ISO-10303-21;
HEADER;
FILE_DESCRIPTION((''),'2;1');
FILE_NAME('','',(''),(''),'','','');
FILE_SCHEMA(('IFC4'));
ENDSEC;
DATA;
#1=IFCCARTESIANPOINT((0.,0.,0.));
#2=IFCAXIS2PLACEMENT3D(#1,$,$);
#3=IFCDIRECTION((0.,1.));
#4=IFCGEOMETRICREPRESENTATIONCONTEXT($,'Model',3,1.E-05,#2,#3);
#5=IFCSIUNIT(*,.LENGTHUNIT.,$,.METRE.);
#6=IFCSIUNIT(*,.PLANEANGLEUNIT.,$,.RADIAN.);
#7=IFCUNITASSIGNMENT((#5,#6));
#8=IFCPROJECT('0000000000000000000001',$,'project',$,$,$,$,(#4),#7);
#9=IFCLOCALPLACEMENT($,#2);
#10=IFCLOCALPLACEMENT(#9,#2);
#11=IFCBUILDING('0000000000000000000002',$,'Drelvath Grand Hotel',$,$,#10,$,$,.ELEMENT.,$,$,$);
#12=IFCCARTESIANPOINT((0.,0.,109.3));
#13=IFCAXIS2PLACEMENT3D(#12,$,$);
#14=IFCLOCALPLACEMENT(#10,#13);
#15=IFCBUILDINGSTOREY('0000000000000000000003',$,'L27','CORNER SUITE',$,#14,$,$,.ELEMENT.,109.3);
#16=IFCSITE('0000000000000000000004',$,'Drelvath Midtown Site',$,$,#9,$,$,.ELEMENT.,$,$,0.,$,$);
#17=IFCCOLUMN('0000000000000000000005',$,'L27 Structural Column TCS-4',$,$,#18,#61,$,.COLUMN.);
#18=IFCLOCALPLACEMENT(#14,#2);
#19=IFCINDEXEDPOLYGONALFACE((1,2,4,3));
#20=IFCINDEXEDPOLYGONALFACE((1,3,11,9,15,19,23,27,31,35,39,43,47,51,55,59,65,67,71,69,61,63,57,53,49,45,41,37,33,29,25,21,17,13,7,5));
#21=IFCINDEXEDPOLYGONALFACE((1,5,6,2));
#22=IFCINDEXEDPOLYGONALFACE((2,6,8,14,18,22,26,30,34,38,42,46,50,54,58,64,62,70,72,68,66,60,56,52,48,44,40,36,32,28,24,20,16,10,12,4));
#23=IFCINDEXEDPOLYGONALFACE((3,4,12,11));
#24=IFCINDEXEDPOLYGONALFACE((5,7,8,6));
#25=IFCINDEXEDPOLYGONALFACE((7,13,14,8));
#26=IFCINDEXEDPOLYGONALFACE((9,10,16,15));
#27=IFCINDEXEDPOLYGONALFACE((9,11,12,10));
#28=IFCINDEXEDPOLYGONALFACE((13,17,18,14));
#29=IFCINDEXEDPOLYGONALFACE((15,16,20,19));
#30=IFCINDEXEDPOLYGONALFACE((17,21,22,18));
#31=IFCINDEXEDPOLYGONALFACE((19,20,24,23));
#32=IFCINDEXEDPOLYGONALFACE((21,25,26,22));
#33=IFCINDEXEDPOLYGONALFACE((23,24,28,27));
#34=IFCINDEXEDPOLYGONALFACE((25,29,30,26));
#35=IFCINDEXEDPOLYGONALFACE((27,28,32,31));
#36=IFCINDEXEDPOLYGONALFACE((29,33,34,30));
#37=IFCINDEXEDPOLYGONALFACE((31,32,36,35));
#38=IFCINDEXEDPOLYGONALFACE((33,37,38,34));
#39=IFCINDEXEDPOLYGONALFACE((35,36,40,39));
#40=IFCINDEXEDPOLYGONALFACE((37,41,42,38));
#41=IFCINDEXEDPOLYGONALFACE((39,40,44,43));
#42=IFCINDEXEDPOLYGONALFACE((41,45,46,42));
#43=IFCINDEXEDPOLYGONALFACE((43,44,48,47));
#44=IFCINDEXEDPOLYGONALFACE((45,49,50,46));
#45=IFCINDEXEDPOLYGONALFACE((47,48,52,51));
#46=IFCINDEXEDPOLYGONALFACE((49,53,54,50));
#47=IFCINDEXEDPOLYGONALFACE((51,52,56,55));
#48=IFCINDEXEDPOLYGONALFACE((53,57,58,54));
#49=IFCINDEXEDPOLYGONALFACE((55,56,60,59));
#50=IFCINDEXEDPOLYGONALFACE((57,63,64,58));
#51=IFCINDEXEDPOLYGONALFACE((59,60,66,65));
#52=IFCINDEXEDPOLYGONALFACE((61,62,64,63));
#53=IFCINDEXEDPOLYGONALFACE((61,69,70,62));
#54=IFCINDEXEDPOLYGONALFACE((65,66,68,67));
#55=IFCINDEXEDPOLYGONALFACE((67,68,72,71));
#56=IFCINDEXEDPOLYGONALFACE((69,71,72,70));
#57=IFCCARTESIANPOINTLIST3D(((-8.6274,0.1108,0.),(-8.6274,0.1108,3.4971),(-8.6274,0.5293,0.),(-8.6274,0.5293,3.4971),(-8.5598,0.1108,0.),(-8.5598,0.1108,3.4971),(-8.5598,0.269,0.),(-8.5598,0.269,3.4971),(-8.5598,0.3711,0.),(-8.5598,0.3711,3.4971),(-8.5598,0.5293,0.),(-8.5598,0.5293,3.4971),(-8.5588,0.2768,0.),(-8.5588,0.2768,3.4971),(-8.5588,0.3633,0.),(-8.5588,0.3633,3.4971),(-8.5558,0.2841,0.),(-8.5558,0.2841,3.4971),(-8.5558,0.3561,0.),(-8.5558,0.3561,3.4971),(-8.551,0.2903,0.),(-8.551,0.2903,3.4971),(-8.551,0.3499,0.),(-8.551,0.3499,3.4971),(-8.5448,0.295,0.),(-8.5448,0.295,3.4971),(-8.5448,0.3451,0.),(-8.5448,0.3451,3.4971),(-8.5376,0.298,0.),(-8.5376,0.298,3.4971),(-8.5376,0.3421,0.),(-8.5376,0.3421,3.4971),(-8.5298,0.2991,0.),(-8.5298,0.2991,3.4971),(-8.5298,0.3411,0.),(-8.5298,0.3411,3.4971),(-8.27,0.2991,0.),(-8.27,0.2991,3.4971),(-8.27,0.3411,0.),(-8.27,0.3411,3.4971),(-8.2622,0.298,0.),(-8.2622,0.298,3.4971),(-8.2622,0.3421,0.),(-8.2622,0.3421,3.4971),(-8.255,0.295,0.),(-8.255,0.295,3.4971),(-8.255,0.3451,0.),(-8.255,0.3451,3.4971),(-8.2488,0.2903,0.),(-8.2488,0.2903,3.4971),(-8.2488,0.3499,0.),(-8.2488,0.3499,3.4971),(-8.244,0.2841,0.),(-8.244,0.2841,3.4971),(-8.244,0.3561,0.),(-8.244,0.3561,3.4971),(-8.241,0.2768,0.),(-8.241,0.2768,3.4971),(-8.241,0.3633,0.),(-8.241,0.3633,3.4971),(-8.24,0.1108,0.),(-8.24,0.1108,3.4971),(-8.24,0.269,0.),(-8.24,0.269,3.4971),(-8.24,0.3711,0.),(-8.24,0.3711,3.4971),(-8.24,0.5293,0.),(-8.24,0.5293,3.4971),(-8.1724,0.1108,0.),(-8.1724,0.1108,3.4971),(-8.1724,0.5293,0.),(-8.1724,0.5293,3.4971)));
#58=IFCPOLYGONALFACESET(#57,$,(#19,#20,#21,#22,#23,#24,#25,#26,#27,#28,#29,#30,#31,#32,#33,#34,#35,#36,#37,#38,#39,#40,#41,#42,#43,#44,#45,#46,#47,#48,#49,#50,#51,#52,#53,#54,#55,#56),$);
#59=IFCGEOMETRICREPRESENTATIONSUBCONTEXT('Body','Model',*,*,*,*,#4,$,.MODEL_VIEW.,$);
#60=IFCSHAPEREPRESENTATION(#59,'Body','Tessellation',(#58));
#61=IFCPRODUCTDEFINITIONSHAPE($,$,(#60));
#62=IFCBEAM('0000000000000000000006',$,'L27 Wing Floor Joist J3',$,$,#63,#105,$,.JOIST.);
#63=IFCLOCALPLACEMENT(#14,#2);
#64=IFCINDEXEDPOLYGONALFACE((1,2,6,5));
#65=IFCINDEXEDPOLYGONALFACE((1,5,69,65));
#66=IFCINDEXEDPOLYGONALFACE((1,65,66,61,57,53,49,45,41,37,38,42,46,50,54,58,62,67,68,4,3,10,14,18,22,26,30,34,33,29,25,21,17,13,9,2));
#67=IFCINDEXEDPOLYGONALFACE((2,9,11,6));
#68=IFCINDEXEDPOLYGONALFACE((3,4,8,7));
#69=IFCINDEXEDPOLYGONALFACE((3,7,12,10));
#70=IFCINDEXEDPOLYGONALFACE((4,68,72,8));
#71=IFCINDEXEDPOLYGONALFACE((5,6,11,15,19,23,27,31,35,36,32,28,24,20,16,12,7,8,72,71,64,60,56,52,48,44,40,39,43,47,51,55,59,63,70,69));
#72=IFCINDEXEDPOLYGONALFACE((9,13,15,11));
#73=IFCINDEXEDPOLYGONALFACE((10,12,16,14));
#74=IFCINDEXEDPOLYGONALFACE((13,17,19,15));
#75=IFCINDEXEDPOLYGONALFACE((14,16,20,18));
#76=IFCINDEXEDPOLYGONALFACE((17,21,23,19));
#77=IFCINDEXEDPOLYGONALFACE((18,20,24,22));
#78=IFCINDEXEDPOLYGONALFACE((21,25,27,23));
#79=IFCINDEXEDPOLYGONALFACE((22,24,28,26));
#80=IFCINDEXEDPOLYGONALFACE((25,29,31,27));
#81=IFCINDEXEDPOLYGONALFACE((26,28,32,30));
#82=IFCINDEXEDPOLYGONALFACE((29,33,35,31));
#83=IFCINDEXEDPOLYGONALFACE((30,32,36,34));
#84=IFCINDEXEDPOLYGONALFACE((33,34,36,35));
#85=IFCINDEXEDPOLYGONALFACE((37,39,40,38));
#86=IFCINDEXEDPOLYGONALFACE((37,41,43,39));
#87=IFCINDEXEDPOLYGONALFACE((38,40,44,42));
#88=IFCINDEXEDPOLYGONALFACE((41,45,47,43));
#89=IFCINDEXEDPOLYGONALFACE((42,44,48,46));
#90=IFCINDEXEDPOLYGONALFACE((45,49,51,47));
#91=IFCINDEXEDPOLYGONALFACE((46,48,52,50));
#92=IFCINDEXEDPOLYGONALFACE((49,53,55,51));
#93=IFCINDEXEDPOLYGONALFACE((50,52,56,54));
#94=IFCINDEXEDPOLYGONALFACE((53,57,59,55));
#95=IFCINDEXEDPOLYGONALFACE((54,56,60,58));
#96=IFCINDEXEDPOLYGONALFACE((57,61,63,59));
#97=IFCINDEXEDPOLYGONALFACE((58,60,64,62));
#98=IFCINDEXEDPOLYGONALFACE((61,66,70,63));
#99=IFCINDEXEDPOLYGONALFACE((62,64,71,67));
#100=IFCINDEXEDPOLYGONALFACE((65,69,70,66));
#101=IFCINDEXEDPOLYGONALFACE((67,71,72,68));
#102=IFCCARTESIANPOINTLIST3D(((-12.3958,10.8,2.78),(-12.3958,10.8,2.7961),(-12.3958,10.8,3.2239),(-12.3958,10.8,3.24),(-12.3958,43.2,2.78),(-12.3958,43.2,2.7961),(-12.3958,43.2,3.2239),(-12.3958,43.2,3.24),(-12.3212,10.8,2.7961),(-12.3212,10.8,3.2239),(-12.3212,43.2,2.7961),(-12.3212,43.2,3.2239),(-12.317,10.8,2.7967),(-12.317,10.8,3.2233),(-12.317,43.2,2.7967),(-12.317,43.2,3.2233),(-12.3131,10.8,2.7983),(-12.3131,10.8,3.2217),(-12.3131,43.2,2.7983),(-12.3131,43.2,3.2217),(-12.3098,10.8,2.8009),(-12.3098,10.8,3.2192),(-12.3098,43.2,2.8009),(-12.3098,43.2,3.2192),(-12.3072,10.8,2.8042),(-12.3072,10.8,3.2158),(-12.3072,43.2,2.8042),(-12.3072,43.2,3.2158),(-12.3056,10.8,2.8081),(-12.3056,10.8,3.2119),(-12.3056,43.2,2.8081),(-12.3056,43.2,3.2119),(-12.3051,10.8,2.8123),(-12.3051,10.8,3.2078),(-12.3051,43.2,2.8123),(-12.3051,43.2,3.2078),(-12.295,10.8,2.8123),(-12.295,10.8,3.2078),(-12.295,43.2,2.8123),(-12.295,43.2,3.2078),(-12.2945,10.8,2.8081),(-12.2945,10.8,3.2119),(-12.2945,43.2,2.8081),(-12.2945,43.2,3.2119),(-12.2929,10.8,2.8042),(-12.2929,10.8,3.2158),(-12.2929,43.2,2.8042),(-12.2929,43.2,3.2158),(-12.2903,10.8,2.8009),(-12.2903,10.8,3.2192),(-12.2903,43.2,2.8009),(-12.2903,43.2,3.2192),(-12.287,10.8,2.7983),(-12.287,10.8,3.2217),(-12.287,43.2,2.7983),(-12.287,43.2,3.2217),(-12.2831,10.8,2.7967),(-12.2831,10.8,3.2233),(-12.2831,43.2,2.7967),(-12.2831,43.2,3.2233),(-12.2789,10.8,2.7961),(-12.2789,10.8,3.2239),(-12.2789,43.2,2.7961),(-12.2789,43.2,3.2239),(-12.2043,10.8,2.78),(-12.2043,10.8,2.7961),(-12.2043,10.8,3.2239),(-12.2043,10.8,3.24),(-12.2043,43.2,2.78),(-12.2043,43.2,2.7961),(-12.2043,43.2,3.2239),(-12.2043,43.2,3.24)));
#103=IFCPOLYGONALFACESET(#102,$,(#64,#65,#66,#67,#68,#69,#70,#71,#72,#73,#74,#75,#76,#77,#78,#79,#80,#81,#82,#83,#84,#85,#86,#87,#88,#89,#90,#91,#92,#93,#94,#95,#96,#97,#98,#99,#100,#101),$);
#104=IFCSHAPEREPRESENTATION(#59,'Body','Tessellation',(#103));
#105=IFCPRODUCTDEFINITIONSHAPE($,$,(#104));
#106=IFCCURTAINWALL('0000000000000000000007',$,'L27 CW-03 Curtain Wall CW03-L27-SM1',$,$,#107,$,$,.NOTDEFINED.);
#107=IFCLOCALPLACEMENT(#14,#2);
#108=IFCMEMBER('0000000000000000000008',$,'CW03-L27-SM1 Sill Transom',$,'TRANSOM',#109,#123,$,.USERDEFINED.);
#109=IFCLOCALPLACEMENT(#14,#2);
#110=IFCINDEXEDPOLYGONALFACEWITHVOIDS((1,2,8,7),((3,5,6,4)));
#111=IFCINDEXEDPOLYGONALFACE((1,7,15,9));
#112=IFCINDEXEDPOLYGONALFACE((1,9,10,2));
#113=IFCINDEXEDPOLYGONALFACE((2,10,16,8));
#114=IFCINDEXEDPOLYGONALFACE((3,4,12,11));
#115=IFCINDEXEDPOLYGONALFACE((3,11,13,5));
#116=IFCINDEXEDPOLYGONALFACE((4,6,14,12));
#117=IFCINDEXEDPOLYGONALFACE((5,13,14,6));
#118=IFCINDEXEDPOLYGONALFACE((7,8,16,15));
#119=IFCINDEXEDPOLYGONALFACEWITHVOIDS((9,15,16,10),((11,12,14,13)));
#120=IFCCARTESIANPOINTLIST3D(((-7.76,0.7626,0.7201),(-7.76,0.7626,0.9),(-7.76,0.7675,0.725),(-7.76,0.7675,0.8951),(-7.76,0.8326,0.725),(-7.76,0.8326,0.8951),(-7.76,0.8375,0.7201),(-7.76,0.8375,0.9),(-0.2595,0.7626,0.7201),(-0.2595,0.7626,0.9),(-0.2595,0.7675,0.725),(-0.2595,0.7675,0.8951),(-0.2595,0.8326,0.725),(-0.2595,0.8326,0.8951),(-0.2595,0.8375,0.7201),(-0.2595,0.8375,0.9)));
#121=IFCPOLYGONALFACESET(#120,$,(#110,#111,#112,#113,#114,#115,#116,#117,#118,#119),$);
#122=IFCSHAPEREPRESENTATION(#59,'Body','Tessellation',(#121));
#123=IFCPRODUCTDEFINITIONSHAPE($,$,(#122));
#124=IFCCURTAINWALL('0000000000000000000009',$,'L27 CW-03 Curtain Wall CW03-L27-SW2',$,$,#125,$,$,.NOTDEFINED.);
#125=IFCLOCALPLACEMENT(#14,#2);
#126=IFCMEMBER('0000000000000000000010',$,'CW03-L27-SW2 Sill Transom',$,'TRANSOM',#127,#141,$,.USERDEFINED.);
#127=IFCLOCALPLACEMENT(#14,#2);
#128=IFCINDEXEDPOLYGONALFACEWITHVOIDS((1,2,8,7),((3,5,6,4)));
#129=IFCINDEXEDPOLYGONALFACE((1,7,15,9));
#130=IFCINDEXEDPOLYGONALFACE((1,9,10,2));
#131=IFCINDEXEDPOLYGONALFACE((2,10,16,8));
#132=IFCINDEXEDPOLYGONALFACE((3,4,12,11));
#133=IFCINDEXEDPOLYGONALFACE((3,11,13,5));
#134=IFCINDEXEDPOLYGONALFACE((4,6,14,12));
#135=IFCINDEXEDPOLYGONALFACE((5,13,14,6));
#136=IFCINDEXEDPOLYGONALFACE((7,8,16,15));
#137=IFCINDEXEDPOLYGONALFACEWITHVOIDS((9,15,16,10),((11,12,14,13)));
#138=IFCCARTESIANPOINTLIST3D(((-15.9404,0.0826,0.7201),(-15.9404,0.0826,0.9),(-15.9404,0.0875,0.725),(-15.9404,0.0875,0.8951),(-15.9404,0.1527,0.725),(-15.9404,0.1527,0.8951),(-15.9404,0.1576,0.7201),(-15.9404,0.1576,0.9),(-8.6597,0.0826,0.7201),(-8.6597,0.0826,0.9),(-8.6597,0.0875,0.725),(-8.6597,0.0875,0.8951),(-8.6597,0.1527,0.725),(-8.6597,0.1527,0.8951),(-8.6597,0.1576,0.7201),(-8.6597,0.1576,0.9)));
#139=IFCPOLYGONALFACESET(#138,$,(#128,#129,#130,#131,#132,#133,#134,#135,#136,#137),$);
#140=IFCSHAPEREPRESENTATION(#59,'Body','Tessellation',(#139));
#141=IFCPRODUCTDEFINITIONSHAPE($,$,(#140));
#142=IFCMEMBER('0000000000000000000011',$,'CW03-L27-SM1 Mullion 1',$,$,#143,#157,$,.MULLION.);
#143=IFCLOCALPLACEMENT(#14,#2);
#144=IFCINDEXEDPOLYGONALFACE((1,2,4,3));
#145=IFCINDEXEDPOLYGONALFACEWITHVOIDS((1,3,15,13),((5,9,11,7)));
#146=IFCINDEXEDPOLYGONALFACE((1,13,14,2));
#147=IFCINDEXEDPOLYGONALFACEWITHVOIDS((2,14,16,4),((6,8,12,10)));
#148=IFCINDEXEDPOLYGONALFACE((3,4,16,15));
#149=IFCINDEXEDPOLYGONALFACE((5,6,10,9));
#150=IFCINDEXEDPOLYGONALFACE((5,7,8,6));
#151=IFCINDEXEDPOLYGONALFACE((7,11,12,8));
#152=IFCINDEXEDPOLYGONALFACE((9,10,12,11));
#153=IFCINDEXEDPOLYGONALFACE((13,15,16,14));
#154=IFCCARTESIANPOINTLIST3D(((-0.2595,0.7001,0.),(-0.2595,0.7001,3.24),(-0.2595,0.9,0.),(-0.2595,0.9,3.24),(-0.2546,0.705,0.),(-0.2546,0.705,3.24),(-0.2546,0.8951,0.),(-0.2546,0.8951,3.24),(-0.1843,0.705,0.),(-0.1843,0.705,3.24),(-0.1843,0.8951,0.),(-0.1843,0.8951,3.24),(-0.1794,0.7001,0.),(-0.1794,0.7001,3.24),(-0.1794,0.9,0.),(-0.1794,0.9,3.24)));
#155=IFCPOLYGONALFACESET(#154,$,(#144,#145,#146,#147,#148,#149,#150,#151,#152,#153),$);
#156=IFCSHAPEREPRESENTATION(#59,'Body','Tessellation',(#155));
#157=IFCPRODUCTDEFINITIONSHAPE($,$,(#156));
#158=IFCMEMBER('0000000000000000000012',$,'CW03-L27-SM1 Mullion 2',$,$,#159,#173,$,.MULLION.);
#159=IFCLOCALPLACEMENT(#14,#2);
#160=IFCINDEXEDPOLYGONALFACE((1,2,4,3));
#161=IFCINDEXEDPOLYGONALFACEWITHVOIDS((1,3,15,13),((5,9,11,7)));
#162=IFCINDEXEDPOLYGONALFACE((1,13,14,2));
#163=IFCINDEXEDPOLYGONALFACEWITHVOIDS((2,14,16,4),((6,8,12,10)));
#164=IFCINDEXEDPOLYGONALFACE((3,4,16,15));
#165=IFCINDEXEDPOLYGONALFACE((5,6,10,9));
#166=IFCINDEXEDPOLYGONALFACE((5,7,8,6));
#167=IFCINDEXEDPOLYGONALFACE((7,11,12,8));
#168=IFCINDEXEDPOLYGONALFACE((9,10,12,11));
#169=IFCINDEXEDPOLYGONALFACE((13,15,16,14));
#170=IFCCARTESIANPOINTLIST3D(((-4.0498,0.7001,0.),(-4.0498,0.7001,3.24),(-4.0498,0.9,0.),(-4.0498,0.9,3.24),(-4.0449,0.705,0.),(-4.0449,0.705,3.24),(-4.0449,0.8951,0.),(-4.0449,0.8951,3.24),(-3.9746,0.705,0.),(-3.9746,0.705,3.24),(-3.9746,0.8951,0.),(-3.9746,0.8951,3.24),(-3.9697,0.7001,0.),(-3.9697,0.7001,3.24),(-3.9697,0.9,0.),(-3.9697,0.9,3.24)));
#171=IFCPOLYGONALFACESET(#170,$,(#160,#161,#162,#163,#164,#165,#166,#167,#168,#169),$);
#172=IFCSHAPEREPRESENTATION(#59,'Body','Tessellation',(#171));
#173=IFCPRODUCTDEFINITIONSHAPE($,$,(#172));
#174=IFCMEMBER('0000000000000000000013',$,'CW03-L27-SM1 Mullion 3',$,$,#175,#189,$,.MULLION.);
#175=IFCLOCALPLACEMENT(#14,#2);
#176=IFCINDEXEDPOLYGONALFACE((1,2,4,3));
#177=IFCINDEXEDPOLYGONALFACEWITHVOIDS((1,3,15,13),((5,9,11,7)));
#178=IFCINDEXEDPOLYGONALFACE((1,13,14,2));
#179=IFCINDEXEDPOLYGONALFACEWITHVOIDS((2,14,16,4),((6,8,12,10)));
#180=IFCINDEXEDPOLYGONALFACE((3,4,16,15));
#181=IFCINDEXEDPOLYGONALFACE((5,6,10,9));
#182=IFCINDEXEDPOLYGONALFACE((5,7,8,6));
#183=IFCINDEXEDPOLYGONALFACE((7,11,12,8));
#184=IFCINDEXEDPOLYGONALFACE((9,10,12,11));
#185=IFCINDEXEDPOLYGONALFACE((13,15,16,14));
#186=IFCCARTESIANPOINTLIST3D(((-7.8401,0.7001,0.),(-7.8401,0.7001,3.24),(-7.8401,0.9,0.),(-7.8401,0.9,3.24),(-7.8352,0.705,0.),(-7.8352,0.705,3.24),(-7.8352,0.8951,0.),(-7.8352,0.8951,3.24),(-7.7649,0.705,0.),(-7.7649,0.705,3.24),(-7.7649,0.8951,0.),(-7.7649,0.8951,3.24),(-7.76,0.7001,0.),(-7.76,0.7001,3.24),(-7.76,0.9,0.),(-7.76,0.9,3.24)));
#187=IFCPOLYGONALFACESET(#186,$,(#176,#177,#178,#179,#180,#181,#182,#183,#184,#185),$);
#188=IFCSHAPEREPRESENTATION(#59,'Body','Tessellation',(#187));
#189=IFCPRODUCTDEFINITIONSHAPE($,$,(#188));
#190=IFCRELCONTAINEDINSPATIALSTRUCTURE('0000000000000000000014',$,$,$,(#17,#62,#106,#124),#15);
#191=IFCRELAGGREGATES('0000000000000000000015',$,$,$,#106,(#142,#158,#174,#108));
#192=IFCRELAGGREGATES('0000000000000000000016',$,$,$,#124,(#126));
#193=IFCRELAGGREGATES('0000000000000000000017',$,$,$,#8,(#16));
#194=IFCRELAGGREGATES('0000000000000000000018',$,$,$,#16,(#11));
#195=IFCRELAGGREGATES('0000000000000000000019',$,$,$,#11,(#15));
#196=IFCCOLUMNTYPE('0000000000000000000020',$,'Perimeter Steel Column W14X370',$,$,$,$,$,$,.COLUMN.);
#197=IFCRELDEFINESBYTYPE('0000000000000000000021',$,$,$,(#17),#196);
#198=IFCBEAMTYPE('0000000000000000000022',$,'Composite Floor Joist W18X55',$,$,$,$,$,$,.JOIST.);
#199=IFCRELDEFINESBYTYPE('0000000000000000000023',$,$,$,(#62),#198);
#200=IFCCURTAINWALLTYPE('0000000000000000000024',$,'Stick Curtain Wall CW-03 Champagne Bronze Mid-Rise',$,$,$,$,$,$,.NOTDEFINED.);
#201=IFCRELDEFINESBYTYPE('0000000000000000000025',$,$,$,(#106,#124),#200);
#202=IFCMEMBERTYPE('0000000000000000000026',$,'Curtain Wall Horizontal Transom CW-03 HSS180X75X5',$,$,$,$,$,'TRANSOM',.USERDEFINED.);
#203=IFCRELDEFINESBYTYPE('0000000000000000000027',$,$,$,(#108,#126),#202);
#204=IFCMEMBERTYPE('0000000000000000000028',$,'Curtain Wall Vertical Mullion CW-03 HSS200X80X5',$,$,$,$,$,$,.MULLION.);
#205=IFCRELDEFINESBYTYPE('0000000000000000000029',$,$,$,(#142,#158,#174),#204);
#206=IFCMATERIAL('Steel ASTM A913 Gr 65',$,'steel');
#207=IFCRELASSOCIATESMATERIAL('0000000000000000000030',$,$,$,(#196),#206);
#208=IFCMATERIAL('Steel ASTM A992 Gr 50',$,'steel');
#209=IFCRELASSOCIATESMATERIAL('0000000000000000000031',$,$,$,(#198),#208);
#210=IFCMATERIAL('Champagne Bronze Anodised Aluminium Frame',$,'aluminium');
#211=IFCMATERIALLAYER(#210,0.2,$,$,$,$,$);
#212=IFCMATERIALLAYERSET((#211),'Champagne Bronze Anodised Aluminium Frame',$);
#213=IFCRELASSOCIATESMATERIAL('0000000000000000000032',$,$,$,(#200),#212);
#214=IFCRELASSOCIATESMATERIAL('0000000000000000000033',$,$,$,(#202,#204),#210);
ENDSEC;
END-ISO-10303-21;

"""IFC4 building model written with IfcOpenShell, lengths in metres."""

from ifc_helpers import new_model, si_unit, direction, frame, origin, origin_2d, place, context, subcontext, project, spatial, hollow_rectangle, i_section, extrude, material, layer, layer_set, material_profile, profile_set, type_object, element, aggregate, save


model = new_model("IFC4")

# Units and contexts
model_context = context("Model", 3, precision=1e-05, world=origin(), true_north=direction((0.0, 1.0)))
body_context = subcontext(model_context, "Body", "Model", "MODEL_VIEW")
ifc_project = project(units=[si_unit("LENGTHUNIT", "METRE"), si_unit("PLANEANGLEUNIT", "RADIAN")], contexts=[model_context])

# Site, building, storey
site_placement = place(None, origin())
site = spatial("IfcSite", under=ifc_project, at=site_placement, Name="Drelvath Midtown Site", CompositionType="ELEMENT", RefElevation=0.0)
building_placement = place(site_placement, origin())
building = spatial("IfcBuilding", under=site, at=building_placement, Name="Drelvath Grand Hotel", CompositionType="ELEMENT")
storey_placement = place(building_placement, frame((0.0, 0.0, 109.3)))
storey = spatial("IfcBuildingStorey", under=building, at=storey_placement, Name="L27", Description="CORNER SUITE", CompositionType="ELEMENT", Elevation=109.3)

# Column
ifc_material_1 = material(Name="Steel ASTM A913 Gr 65", Category="steel")
ifc_material_profile_1 = material_profile(ifc_material_1, i_section(OverallWidth=0.4185, OverallDepth=0.4551, WebThickness=0.042, FlangeThickness=0.0676, FilletRadius=0.03, at=origin_2d()), Name="W14X370")
ifc_profile_set_1 = profile_set([ifc_material_profile_1], Name="Steel ASTM A913 Gr 65")
column_type = type_object("IfcColumnType", Name="Perimeter Steel Column W14X370", PredefinedType="COLUMN", material=ifc_profile_set_1)
column_placement = place(storey_placement, frame((-8.3999, 0.3201, 0.0), z_axis=(0.0, 0.0, 1.0), x_axis=(0.0, 1.0, 0.0)))
element("IfcColumn", 1, at=column_placement, inside=storey, type_object=column_type, Name="L27 Structural Column TCS-4", PredefinedType="COLUMN", context=body_context, shape_type="SweptSolid", body=[
    extrude(i_section(OverallWidth=0.4185, OverallDepth=0.4551, WebThickness=0.042, FlangeThickness=0.0676, FilletRadius=0.03, at=origin_2d()), origin(), (0.0, 0.0, 1.0), 3.4971),
])

# Beam
ifc_material_2 = material(Name="Steel ASTM A992 Gr 50", Category="steel")
ifc_material_profile_2 = material_profile(ifc_material_2, i_section(OverallWidth=0.1914, OverallDepth=0.46, WebThickness=0.01, FlangeThickness=0.0161, FilletRadius=0.0161, at=origin_2d()), Name="W18X55")
ifc_profile_set_2 = profile_set([ifc_material_profile_2], Name="Steel ASTM A992 Gr 50")
beam_type_1 = type_object("IfcBeamType", Name="Composite Floor Joist W18X55", PredefinedType="JOIST", material=ifc_profile_set_2)
beam_1_placement = place(storey_placement, frame((-12.3, 10.8, 3.01), z_axis=(0.0, 1.0, 0.0), x_axis=(-1.0, 0.0, 0.0)))
element("IfcBeam", 2, at=beam_1_placement, inside=storey, type_object=beam_type_1, Name="L27 Wing Floor Joist J3", PredefinedType="JOIST", context=body_context, shape_type="SweptSolid", body=[
    extrude(i_section(OverallWidth=0.1914, OverallDepth=0.46, WebThickness=0.01, FlangeThickness=0.0161, FilletRadius=0.0161, at=origin_2d()), origin(), (0.0, 0.0, 1.0), 32.3999),
])

# Curtain walls, members
ifc_material_3 = material(Name="Champagne Bronze Anodised Aluminium Frame", Category="aluminium")
ifc_layer_1 = layer(ifc_material_3, 0.2)
ifc_layer_set_1 = layer_set([ifc_layer_1], Name="Champagne Bronze Anodised Aluminium Frame")
curtain_wall_type = type_object("IfcCurtainWallType", Name="Stick Curtain Wall CW-03 Champagne Bronze Mid-Rise", PredefinedType="NOTDEFINED", material=ifc_layer_set_1)
curtain_wall_1_placement = place(storey_placement, origin())
curtain_wall_1 = element("IfcCurtainWall", 3, at=curtain_wall_1_placement, inside=storey, type_object=curtain_wall_type, Name="L27 CW-03 Curtain Wall CW03-L27-SM1", PredefinedType="NOTDEFINED")
ifc_material_profile_3 = material_profile(ifc_material_3, hollow_rectangle(XDim=0.075, YDim=0.1799, WallThickness=0.0049, at=origin_2d()), Name="HSS180X75X5")
ifc_profile_set_3 = profile_set([ifc_material_profile_3], Name="Champagne Bronze Anodised Aluminium Frame")
member_type_1 = type_object("IfcMemberType", Name="Curtain Wall Horizontal Transom CW-03 HSS180X75X5", ElementType="TRANSOM", PredefinedType="USERDEFINED", material=ifc_profile_set_3)
member_1_placement = place(storey_placement, frame((-0.2595, 0.8, 0.8101), z_axis=(-1.0, 0.0, 0.0), x_axis=(0.0, -1.0, 0.0)))
member_1 = element("IfcMember", 4, at=member_1_placement, type_object=member_type_1, Name="CW03-L27-SM1 Sill Transom", ObjectType="TRANSOM", PredefinedType="USERDEFINED", context=body_context, shape_type="SweptSolid", body=[
    extrude(hollow_rectangle(XDim=0.075, YDim=0.1799, WallThickness=0.0049, at=origin_2d()), origin(), (0.0, 0.0, 1.0), 7.5005),
])
curtain_wall_2_placement = place(storey_placement, origin())
curtain_wall_2 = element("IfcCurtainWall", 5, at=curtain_wall_2_placement, inside=storey, type_object=curtain_wall_type, Name="L27 CW-03 Curtain Wall CW03-L27-SW2", PredefinedType="NOTDEFINED")
member_2_placement = place(storey_placement, frame((-8.6597, 0.1201, 0.8101), z_axis=(-1.0, 0.0, 0.0), x_axis=(0.0, -1.0, 0.0)))
member_2 = element("IfcMember", 6, at=member_2_placement, type_object=member_type_1, Name="CW03-L27-SW2 Sill Transom", ObjectType="TRANSOM", PredefinedType="USERDEFINED", context=body_context, shape_type="SweptSolid", body=[
    extrude(hollow_rectangle(XDim=0.075, YDim=0.1799, WallThickness=0.0049, at=origin_2d()), origin(), (0.0, 0.0, 1.0), 7.2808),
])

# Members
ifc_material_profile_4 = material_profile(ifc_material_3, hollow_rectangle(XDim=0.0801, YDim=0.2, WallThickness=0.0049, at=origin_2d()), Name="HSS200X80X5")
ifc_profile_set_4 = profile_set([ifc_material_profile_4], Name="Champagne Bronze Anodised Aluminium Frame")
member_type_2 = type_object("IfcMemberType", Name="Curtain Wall Vertical Mullion CW-03 HSS200X80X5", PredefinedType="MULLION", material=ifc_profile_set_4)
member_3_placement = place(storey_placement, frame((-0.2195, 0.8, 0.0), z_axis=(0.0, 0.0, 1.0), x_axis=(1.0, 0.0, 0.0)))
member_3 = element("IfcMember", 7, at=member_3_placement, type_object=member_type_2, Name="CW03-L27-SM1 Mullion 1", PredefinedType="MULLION", context=body_context, shape_type="SweptSolid", body=[
    extrude(hollow_rectangle(XDim=0.0801, YDim=0.2, WallThickness=0.0049, at=origin_2d()), origin(), (0.0, 0.0, 1.0), 3.24),
])
member_4_placement = place(storey_placement, frame((-4.0098, 0.8, 0.0), z_axis=(0.0, 0.0, 1.0), x_axis=(1.0, 0.0, 0.0)))
member_4 = element("IfcMember", 8, at=member_4_placement, type_object=member_type_2, Name="CW03-L27-SM1 Mullion 2", PredefinedType="MULLION", context=body_context, shape_type="SweptSolid", body=[
    extrude(hollow_rectangle(XDim=0.0801, YDim=0.2, WallThickness=0.0049, at=origin_2d()), origin(), (0.0, 0.0, 1.0), 3.24),
])
member_5_placement = place(storey_placement, frame((-7.8, 0.8, 0.0), z_axis=(0.0, 0.0, 1.0), x_axis=(1.0, 0.0, 0.0)))
member_5 = element("IfcMember", 9, at=member_5_placement, type_object=member_type_2, Name="CW03-L27-SM1 Mullion 3", PredefinedType="MULLION", context=body_context, shape_type="SweptSolid", body=[
    extrude(hollow_rectangle(XDim=0.0801, YDim=0.2, WallThickness=0.0049, at=origin_2d()), origin(), (0.0, 0.0, 1.0), 3.24),
])

aggregate(curtain_wall_1, [member_3, member_4, member_5, member_1])
aggregate(curtain_wall_2, [member_2])

save(model, "model.ifc")
